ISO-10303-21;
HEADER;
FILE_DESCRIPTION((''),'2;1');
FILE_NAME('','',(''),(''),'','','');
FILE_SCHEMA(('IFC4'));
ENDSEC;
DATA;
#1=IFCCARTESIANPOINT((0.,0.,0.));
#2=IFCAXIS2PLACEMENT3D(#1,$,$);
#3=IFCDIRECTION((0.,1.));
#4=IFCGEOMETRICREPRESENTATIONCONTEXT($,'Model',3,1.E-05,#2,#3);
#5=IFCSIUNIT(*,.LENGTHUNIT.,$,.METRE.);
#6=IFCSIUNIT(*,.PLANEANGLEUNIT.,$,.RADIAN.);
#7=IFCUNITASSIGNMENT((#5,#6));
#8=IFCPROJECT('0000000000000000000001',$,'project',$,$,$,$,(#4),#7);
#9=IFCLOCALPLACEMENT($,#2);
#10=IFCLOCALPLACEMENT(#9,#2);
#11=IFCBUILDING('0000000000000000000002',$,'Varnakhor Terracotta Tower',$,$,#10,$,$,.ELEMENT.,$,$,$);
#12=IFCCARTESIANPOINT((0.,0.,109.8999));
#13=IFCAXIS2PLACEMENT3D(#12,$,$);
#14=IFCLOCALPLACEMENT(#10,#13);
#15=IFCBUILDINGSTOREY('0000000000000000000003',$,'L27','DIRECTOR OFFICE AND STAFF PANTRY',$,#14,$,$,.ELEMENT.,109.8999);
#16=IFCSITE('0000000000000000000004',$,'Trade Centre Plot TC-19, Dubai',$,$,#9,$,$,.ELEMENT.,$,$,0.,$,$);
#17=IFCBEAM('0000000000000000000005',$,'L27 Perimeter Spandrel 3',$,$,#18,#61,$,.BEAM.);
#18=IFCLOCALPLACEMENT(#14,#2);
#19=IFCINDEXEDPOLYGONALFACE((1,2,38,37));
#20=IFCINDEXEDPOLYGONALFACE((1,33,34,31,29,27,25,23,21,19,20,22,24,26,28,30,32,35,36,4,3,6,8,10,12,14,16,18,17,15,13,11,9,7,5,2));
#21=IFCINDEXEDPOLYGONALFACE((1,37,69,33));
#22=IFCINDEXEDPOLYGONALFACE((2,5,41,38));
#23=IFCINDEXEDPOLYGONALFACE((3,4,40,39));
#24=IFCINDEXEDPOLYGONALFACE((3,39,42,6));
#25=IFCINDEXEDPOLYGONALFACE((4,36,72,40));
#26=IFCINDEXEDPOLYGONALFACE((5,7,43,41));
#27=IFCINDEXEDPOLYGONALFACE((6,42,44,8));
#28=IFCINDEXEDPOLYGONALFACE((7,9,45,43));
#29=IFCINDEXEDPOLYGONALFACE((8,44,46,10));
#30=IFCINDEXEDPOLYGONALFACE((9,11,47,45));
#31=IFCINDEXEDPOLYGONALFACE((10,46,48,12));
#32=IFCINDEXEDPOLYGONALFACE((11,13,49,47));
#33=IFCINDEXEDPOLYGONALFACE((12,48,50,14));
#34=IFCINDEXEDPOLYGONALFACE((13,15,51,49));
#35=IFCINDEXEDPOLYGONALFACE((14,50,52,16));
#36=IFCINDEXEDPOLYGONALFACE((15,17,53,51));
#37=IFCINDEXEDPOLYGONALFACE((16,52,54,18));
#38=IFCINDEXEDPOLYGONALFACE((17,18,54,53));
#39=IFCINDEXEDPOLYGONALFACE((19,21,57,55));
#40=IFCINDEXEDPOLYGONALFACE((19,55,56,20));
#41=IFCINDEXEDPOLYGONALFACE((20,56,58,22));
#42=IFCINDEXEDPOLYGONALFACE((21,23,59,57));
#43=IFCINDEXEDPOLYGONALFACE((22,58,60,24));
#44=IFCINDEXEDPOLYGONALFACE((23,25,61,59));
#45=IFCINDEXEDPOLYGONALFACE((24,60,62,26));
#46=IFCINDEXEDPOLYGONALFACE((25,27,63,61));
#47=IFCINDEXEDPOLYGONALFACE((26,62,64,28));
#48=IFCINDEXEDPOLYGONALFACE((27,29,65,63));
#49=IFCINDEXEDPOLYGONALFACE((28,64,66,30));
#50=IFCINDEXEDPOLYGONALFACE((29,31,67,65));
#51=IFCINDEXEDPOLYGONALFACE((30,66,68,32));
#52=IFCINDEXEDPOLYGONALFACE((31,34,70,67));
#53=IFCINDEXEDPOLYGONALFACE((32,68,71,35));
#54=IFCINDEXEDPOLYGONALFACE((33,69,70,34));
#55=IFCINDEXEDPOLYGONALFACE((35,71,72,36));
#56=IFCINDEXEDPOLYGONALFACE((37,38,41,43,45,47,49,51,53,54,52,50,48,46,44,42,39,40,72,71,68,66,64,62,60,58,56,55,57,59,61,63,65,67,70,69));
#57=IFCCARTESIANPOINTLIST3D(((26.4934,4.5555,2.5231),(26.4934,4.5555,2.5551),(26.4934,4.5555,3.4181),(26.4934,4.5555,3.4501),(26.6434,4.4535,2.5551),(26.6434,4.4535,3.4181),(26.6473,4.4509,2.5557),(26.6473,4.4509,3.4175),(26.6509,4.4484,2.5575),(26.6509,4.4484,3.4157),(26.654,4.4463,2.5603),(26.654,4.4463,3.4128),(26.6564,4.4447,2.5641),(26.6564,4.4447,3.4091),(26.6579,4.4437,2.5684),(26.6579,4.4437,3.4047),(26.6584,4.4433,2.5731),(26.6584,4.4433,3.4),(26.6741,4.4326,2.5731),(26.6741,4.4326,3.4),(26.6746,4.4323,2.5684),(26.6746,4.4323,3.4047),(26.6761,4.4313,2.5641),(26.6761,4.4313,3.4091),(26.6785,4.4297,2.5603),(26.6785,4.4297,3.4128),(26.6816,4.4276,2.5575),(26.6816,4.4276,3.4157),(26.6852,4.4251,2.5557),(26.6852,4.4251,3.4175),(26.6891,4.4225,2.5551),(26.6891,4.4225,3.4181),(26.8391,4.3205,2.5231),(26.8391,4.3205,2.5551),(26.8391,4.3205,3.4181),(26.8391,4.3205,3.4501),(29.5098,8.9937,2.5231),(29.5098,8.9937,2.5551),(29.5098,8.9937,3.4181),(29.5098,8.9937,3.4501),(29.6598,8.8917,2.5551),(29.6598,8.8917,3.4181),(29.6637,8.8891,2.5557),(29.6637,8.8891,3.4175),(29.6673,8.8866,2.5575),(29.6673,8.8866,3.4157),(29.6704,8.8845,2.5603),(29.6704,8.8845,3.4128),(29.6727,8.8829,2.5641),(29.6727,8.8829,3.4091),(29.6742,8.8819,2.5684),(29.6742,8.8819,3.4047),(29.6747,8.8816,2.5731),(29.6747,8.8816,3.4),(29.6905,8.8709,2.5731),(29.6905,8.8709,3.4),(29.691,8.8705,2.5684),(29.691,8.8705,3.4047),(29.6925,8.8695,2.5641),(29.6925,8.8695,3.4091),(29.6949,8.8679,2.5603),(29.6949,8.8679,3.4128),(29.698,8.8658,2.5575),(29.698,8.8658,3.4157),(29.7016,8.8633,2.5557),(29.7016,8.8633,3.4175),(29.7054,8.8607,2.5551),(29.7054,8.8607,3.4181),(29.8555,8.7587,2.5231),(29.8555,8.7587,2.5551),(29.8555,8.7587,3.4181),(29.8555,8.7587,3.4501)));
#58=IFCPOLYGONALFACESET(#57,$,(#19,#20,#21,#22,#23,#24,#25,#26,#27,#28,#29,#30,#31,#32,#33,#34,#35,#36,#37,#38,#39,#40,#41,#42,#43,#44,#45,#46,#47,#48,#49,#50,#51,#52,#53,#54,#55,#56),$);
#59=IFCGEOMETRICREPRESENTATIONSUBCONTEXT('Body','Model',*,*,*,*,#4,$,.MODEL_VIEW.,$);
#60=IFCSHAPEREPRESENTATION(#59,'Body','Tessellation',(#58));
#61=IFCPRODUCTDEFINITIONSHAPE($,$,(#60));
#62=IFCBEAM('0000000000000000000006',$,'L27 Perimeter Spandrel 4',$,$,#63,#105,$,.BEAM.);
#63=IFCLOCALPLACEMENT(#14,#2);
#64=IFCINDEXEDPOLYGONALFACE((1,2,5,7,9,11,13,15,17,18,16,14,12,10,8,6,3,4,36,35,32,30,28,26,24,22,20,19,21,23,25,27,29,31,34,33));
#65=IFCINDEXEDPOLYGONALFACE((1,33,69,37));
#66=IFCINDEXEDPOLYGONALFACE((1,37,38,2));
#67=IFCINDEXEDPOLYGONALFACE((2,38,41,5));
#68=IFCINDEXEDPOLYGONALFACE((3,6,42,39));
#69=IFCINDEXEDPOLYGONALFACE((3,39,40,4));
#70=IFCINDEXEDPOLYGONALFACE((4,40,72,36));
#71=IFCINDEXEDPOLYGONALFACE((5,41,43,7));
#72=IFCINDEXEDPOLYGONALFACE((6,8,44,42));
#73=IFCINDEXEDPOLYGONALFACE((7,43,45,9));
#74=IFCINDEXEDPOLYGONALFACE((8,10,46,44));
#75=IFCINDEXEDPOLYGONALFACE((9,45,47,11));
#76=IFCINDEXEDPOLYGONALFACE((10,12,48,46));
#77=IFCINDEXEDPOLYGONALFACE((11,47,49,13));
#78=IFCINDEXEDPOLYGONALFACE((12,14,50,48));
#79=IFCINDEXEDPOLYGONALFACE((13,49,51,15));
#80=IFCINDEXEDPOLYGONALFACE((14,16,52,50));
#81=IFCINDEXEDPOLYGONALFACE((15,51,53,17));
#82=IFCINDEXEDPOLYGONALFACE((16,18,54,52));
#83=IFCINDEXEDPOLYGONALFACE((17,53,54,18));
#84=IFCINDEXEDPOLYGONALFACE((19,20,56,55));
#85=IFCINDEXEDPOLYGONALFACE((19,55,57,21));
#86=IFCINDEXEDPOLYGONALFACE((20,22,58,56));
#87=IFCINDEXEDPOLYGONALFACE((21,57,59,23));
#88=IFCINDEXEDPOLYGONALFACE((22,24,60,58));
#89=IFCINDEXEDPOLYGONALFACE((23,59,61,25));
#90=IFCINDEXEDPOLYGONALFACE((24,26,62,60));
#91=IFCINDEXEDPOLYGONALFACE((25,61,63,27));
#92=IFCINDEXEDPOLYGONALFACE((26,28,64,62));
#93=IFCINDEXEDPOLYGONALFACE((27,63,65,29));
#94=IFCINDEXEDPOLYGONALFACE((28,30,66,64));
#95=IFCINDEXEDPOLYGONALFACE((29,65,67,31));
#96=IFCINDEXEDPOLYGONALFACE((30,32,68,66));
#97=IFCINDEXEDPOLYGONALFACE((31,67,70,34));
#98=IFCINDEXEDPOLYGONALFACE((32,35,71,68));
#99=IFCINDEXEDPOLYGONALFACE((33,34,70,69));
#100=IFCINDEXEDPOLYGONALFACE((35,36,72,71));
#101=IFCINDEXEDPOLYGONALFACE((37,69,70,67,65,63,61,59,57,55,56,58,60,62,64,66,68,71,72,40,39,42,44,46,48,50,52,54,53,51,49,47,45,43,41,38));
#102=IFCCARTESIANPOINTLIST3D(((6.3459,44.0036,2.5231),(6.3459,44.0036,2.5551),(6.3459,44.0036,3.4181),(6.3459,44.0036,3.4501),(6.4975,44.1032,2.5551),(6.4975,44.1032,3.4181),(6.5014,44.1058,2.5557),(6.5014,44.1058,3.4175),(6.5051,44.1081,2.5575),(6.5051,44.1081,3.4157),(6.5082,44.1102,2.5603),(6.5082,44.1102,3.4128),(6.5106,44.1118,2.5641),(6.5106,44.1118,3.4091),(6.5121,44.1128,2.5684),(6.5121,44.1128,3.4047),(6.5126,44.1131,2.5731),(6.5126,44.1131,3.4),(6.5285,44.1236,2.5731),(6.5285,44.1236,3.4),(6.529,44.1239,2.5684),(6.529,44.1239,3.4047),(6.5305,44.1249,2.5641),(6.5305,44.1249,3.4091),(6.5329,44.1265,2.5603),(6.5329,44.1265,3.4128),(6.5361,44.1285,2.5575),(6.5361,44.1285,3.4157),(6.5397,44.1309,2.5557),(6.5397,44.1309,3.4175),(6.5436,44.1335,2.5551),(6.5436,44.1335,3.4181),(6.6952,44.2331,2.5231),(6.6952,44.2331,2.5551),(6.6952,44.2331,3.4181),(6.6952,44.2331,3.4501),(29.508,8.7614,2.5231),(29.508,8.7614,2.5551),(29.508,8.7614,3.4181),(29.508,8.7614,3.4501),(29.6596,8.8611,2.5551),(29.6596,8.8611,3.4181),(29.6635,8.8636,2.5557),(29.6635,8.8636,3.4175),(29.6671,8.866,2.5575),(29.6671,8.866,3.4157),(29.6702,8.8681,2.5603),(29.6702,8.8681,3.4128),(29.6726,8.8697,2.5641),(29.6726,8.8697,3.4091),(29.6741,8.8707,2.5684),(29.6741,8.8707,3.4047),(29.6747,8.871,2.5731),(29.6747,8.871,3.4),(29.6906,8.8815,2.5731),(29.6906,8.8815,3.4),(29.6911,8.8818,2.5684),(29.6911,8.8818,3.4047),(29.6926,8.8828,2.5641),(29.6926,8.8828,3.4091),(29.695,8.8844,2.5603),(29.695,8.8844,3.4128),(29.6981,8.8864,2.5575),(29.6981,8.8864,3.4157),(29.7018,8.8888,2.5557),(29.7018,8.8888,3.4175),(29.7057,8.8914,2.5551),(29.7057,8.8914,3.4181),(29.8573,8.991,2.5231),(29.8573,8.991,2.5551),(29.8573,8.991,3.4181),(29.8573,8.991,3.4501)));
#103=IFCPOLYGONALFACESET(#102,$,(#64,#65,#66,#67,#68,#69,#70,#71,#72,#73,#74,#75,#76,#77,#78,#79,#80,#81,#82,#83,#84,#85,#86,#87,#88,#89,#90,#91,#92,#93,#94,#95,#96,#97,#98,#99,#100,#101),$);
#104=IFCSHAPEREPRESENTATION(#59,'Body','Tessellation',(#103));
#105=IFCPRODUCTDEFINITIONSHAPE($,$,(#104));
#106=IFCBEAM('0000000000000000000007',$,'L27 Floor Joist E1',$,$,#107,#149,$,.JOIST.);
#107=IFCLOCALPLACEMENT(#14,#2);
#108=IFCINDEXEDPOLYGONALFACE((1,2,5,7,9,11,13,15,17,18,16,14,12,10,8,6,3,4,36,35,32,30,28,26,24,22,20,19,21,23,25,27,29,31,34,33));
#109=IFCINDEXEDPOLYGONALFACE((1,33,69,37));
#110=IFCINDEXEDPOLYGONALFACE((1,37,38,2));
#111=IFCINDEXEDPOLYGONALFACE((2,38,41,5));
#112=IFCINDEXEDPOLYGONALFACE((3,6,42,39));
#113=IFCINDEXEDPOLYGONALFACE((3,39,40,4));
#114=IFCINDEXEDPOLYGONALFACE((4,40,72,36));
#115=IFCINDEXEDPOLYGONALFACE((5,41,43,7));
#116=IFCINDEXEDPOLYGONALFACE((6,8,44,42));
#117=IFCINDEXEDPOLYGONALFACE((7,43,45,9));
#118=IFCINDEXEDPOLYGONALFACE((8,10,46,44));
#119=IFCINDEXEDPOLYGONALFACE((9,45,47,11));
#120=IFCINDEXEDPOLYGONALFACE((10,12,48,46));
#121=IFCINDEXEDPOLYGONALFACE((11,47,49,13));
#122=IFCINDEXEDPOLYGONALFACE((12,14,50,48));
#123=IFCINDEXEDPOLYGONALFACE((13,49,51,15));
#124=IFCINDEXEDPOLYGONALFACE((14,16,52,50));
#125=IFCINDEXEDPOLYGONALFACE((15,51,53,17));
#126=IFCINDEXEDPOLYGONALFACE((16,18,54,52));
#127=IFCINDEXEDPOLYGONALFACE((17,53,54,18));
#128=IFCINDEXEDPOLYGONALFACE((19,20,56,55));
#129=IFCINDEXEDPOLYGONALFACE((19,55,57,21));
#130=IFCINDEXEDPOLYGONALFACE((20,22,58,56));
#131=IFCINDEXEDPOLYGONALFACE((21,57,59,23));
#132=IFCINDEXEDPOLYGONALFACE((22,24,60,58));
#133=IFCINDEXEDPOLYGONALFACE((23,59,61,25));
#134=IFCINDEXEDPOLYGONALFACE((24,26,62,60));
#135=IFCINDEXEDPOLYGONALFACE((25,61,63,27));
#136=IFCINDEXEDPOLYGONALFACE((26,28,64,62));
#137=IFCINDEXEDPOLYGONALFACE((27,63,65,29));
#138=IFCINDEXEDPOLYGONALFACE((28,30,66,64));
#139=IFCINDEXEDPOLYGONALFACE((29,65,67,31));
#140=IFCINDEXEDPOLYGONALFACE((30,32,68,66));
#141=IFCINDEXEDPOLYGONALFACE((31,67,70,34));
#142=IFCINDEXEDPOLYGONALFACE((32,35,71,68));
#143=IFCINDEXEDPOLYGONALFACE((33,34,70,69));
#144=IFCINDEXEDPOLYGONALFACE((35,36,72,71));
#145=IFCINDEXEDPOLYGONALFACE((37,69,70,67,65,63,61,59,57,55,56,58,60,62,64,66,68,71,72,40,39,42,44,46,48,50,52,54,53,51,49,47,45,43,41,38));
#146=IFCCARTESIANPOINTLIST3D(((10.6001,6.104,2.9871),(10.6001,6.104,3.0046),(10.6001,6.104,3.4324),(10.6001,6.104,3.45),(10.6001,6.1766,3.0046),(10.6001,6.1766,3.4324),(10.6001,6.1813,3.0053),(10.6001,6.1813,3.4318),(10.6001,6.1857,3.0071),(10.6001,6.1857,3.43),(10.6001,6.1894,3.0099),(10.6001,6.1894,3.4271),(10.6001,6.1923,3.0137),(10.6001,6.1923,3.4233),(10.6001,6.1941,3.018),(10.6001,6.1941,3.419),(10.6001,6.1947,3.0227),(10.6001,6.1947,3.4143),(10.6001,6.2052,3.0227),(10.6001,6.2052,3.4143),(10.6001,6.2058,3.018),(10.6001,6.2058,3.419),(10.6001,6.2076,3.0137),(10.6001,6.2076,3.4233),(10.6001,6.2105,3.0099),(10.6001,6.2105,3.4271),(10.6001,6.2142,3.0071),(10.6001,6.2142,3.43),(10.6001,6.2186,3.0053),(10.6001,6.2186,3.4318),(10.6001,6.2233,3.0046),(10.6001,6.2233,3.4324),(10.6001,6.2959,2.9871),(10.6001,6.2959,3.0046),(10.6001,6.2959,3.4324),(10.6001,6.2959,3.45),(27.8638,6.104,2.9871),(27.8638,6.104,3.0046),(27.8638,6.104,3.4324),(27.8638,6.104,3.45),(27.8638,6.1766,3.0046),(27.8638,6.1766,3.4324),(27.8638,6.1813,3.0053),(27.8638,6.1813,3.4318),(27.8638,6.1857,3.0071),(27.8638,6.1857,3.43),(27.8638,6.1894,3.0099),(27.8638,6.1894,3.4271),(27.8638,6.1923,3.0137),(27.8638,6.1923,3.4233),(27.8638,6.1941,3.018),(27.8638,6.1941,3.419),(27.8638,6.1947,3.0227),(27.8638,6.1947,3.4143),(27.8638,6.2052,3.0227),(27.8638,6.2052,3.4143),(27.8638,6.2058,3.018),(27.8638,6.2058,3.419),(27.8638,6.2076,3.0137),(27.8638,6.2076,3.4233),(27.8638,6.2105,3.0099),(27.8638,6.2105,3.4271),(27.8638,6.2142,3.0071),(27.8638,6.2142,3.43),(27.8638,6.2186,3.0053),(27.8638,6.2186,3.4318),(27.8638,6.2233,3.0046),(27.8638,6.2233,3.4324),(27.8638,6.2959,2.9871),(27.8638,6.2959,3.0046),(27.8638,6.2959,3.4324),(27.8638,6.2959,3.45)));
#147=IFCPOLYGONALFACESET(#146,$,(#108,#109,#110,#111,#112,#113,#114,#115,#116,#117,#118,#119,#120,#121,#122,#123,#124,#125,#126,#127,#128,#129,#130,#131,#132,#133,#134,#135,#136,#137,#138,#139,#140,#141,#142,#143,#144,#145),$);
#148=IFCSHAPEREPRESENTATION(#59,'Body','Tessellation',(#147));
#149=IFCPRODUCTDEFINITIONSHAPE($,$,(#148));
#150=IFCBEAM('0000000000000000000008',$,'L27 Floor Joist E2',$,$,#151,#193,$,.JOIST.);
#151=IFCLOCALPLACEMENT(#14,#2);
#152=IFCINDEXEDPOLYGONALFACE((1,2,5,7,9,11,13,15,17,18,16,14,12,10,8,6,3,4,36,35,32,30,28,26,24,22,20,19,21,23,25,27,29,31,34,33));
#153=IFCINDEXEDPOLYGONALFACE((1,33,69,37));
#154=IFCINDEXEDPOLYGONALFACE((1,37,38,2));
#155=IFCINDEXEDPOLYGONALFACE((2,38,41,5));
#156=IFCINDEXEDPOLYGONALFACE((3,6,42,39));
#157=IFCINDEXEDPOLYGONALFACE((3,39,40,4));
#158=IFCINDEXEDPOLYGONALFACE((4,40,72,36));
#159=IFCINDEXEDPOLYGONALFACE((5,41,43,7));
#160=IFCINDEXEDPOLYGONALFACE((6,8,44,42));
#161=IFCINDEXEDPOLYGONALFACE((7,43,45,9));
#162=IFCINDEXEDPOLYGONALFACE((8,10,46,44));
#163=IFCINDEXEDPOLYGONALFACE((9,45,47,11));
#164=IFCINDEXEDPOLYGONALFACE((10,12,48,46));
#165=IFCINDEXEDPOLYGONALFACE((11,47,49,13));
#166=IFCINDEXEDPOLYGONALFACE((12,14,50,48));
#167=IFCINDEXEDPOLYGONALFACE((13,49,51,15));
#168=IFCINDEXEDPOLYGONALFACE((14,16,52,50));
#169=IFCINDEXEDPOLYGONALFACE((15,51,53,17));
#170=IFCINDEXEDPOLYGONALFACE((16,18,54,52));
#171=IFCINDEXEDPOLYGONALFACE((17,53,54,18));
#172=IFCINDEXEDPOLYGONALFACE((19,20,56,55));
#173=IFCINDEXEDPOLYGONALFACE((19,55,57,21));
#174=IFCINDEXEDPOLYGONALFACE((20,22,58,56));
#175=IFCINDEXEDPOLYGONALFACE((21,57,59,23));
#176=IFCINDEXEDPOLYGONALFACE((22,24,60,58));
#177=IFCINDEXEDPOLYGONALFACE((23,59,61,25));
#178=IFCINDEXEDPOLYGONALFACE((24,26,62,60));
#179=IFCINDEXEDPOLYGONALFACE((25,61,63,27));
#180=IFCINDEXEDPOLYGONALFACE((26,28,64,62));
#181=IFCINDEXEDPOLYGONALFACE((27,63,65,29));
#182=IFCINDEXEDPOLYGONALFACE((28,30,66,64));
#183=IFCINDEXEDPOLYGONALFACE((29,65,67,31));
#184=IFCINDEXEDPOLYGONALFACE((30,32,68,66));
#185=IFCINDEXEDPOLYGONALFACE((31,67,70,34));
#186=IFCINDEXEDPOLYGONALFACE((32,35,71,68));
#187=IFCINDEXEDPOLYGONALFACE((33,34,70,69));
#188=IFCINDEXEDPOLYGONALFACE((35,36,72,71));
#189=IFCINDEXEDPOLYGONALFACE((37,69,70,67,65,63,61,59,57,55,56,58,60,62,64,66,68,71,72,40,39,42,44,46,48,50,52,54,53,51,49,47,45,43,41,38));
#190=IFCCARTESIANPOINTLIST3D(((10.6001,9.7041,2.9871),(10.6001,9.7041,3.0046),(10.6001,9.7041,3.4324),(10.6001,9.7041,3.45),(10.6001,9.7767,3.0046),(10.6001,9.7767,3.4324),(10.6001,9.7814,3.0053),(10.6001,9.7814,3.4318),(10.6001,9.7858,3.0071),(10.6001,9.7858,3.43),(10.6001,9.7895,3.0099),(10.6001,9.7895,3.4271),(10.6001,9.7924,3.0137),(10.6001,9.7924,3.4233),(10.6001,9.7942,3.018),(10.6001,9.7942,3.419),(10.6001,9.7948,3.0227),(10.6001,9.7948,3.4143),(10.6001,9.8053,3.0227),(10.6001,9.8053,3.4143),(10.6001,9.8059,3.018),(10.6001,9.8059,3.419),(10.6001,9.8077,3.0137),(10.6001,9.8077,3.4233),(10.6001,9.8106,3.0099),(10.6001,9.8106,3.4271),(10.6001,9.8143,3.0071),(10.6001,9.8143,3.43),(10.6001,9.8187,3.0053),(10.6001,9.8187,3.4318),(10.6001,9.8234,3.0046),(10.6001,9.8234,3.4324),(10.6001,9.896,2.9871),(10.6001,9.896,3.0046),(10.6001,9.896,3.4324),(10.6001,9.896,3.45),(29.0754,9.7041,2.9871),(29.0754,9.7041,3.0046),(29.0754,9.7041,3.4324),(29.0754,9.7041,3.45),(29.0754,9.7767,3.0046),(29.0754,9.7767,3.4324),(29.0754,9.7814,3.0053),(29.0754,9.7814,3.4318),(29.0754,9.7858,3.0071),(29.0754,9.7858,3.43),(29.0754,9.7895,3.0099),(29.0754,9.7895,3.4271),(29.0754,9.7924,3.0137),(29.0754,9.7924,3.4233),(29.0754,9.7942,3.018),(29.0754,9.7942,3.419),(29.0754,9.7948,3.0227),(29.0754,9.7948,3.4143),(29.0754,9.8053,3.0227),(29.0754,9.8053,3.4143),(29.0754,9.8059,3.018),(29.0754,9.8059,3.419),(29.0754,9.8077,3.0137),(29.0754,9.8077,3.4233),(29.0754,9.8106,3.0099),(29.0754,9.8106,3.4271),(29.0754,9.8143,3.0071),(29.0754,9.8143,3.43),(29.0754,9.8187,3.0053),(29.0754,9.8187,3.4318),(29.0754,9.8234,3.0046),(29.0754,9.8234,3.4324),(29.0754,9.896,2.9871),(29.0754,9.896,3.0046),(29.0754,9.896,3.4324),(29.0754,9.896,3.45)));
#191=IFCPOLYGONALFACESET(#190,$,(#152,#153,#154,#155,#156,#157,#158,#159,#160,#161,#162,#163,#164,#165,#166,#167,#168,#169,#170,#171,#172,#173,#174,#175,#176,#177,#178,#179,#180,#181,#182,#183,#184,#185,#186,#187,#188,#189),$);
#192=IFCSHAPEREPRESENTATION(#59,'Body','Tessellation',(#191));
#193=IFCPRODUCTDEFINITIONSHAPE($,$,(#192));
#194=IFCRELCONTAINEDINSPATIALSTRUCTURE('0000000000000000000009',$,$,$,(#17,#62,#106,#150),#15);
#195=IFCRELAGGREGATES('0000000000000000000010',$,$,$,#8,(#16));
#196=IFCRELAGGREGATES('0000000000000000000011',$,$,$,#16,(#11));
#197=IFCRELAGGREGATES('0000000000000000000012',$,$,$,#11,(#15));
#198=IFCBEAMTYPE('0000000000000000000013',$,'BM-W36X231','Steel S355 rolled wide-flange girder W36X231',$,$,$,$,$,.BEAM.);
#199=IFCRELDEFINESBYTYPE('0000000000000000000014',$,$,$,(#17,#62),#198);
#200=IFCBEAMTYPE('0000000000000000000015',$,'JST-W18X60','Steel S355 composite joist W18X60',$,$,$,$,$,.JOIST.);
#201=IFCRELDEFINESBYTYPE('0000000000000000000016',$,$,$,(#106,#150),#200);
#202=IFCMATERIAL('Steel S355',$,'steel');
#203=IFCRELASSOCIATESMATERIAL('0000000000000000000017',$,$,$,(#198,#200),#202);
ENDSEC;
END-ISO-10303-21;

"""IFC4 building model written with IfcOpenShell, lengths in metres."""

from ifc_helpers import new_model, si_unit, direction, frame, origin, origin_2d, place, context, subcontext, project, spatial, i_section, extrude, source, transform, mapped, material, material_profile, profile_set, type_object, element, save


model = new_model("IFC4")

# Units and contexts
model_context = context("Model", 3, precision=1e-05, world=origin(), true_north=direction((0.0, 1.0)))
body_context = subcontext(model_context, "Body", "Model", "MODEL_VIEW")
ifc_project = project(units=[si_unit("LENGTHUNIT", "METRE"), si_unit("PLANEANGLEUNIT", "RADIAN")], contexts=[model_context])

# Site, building, storey
site_placement = place(None, origin())
site = spatial("IfcSite", under=ifc_project, at=site_placement, Name="Trade Centre Plot TC-19, Dubai", CompositionType="ELEMENT", RefElevation=0.0)
building_placement = place(site_placement, origin())
building = spatial("IfcBuilding", under=site, at=building_placement, Name="Varnakhor Terracotta Tower", CompositionType="ELEMENT")
storey_placement = place(building_placement, frame((0.0, 0.0, 109.8999)))
storey = spatial("IfcBuildingStorey", under=building, at=storey_placement, Name="L27", Description="DIRECTOR OFFICE AND STAFF PANTRY", CompositionType="ELEMENT", Elevation=109.8999)

# Beams
ifc_material_1 = material(Name="Steel S355", Category="steel")
ifc_material_profile_1 = material_profile(ifc_material_1, i_section(OverallWidth=0.418, OverallDepth=0.927, WebThickness=0.019, FlangeThickness=0.032, FilletRadius=0.0181, at=origin_2d()), Name="W36X231")
ifc_profile_set_1 = profile_set([ifc_material_profile_1], Name="Steel S355")
beam_type_1 = type_object("IfcBeamType", Name="BM-W36X231", Description="Steel S355 rolled wide-flange girder W36X231", PredefinedType="BEAM", material=ifc_profile_set_1)
shared_shape_1 = source(origin(), body_context, "Body", "SweptSolid", [
    extrude(i_section(OverallWidth=0.418, OverallDepth=0.927, WebThickness=0.019, FlangeThickness=0.032, FilletRadius=0.0181, at=origin_2d()), origin(), (0.0, 0.0, 1.0), 5.3662),
])
beam_1_placement = place(storey_placement, frame((26.6663, 4.438, 2.9866), z_axis=(0.562101, 0.827069, 0.0), x_axis=(-0.827069, 0.562101, 0.0)))
element("IfcBeam", 1, at=beam_1_placement, inside=storey, type_object=beam_type_1, Name="L27 Perimeter Spandrel 3", PredefinedType="BEAM", context=body_context, shape_type="MappedRepresentation", body=[
    mapped(shared_shape_1, transform((0.0, 0.0, 0.0), scale=1.0)),
])
shared_shape_2 = source(origin(), body_context, "Body", "SweptSolid", [
    extrude(i_section(OverallWidth=0.418, OverallDepth=0.927, WebThickness=0.019, FlangeThickness=0.032, FilletRadius=0.0181, at=origin_2d()), origin(), (0.0, 0.0, 1.0), 42.1721),
])
beam_2_placement = place(storey_placement, frame((29.6826, 8.8762, 2.9866), z_axis=(-0.549227, 0.835673, 0.0), x_axis=(-0.835673, -0.549227, 0.0)))
element("IfcBeam", 2, at=beam_2_placement, inside=storey, type_object=beam_type_1, Name="L27 Perimeter Spandrel 4", PredefinedType="BEAM", context=body_context, shape_type="MappedRepresentation", body=[
    mapped(shared_shape_2, transform((0.0, 0.0, 0.0), scale=1.0)),
])
ifc_material_profile_2 = material_profile(ifc_material_1, i_section(OverallWidth=0.1919, OverallDepth=0.4629, WebThickness=0.0105, FlangeThickness=0.0176, FilletRadius=0.0181, at=origin_2d()), Name="W18X60")
ifc_profile_set_2 = profile_set([ifc_material_profile_2], Name="Steel S355")
beam_type_2 = type_object("IfcBeamType", Name="JST-W18X60", Description="Steel S355 composite joist W18X60", PredefinedType="JOIST", material=ifc_profile_set_2)
shared_shape_3 = source(origin(), body_context, "Body", "SweptSolid", [
    extrude(i_section(OverallWidth=0.1919, OverallDepth=0.4629, WebThickness=0.0105, FlangeThickness=0.0176, FilletRadius=0.0181, at=origin_2d()), origin(), (0.0, 0.0, 1.0), 17.2637),
])
beam_3_placement = place(storey_placement, frame((10.6001, 6.2, 3.2185), z_axis=(1.0, 0.0, 0.0), x_axis=(0.0, 1.0, 0.0)))
element("IfcBeam", 3, at=beam_3_placement, inside=storey, type_object=beam_type_2, Name="L27 Floor Joist E1", PredefinedType="JOIST", context=body_context, shape_type="MappedRepresentation", body=[
    mapped(shared_shape_3, transform((0.0, 0.0, 0.0), scale=1.0)),
])
shared_shape_4 = source(origin(), body_context, "Body", "SweptSolid", [
    extrude(i_section(OverallWidth=0.1919, OverallDepth=0.4629, WebThickness=0.0105, FlangeThickness=0.0176, FilletRadius=0.0181, at=origin_2d()), origin(), (0.0, 0.0, 1.0), 18.4753),
])
beam_4_placement = place(storey_placement, frame((10.6001, 9.8, 3.2185), z_axis=(1.0, 0.0, 0.0), x_axis=(0.0, 1.0, 0.0)))
element("IfcBeam", 4, at=beam_4_placement, inside=storey, type_object=beam_type_2, Name="L27 Floor Joist E2", PredefinedType="JOIST", context=body_context, shape_type="MappedRepresentation", body=[
    mapped(shared_shape_4, transform((0.0, 0.0, 0.0), scale=1.0)),
])

save(model, "model.ifc")
